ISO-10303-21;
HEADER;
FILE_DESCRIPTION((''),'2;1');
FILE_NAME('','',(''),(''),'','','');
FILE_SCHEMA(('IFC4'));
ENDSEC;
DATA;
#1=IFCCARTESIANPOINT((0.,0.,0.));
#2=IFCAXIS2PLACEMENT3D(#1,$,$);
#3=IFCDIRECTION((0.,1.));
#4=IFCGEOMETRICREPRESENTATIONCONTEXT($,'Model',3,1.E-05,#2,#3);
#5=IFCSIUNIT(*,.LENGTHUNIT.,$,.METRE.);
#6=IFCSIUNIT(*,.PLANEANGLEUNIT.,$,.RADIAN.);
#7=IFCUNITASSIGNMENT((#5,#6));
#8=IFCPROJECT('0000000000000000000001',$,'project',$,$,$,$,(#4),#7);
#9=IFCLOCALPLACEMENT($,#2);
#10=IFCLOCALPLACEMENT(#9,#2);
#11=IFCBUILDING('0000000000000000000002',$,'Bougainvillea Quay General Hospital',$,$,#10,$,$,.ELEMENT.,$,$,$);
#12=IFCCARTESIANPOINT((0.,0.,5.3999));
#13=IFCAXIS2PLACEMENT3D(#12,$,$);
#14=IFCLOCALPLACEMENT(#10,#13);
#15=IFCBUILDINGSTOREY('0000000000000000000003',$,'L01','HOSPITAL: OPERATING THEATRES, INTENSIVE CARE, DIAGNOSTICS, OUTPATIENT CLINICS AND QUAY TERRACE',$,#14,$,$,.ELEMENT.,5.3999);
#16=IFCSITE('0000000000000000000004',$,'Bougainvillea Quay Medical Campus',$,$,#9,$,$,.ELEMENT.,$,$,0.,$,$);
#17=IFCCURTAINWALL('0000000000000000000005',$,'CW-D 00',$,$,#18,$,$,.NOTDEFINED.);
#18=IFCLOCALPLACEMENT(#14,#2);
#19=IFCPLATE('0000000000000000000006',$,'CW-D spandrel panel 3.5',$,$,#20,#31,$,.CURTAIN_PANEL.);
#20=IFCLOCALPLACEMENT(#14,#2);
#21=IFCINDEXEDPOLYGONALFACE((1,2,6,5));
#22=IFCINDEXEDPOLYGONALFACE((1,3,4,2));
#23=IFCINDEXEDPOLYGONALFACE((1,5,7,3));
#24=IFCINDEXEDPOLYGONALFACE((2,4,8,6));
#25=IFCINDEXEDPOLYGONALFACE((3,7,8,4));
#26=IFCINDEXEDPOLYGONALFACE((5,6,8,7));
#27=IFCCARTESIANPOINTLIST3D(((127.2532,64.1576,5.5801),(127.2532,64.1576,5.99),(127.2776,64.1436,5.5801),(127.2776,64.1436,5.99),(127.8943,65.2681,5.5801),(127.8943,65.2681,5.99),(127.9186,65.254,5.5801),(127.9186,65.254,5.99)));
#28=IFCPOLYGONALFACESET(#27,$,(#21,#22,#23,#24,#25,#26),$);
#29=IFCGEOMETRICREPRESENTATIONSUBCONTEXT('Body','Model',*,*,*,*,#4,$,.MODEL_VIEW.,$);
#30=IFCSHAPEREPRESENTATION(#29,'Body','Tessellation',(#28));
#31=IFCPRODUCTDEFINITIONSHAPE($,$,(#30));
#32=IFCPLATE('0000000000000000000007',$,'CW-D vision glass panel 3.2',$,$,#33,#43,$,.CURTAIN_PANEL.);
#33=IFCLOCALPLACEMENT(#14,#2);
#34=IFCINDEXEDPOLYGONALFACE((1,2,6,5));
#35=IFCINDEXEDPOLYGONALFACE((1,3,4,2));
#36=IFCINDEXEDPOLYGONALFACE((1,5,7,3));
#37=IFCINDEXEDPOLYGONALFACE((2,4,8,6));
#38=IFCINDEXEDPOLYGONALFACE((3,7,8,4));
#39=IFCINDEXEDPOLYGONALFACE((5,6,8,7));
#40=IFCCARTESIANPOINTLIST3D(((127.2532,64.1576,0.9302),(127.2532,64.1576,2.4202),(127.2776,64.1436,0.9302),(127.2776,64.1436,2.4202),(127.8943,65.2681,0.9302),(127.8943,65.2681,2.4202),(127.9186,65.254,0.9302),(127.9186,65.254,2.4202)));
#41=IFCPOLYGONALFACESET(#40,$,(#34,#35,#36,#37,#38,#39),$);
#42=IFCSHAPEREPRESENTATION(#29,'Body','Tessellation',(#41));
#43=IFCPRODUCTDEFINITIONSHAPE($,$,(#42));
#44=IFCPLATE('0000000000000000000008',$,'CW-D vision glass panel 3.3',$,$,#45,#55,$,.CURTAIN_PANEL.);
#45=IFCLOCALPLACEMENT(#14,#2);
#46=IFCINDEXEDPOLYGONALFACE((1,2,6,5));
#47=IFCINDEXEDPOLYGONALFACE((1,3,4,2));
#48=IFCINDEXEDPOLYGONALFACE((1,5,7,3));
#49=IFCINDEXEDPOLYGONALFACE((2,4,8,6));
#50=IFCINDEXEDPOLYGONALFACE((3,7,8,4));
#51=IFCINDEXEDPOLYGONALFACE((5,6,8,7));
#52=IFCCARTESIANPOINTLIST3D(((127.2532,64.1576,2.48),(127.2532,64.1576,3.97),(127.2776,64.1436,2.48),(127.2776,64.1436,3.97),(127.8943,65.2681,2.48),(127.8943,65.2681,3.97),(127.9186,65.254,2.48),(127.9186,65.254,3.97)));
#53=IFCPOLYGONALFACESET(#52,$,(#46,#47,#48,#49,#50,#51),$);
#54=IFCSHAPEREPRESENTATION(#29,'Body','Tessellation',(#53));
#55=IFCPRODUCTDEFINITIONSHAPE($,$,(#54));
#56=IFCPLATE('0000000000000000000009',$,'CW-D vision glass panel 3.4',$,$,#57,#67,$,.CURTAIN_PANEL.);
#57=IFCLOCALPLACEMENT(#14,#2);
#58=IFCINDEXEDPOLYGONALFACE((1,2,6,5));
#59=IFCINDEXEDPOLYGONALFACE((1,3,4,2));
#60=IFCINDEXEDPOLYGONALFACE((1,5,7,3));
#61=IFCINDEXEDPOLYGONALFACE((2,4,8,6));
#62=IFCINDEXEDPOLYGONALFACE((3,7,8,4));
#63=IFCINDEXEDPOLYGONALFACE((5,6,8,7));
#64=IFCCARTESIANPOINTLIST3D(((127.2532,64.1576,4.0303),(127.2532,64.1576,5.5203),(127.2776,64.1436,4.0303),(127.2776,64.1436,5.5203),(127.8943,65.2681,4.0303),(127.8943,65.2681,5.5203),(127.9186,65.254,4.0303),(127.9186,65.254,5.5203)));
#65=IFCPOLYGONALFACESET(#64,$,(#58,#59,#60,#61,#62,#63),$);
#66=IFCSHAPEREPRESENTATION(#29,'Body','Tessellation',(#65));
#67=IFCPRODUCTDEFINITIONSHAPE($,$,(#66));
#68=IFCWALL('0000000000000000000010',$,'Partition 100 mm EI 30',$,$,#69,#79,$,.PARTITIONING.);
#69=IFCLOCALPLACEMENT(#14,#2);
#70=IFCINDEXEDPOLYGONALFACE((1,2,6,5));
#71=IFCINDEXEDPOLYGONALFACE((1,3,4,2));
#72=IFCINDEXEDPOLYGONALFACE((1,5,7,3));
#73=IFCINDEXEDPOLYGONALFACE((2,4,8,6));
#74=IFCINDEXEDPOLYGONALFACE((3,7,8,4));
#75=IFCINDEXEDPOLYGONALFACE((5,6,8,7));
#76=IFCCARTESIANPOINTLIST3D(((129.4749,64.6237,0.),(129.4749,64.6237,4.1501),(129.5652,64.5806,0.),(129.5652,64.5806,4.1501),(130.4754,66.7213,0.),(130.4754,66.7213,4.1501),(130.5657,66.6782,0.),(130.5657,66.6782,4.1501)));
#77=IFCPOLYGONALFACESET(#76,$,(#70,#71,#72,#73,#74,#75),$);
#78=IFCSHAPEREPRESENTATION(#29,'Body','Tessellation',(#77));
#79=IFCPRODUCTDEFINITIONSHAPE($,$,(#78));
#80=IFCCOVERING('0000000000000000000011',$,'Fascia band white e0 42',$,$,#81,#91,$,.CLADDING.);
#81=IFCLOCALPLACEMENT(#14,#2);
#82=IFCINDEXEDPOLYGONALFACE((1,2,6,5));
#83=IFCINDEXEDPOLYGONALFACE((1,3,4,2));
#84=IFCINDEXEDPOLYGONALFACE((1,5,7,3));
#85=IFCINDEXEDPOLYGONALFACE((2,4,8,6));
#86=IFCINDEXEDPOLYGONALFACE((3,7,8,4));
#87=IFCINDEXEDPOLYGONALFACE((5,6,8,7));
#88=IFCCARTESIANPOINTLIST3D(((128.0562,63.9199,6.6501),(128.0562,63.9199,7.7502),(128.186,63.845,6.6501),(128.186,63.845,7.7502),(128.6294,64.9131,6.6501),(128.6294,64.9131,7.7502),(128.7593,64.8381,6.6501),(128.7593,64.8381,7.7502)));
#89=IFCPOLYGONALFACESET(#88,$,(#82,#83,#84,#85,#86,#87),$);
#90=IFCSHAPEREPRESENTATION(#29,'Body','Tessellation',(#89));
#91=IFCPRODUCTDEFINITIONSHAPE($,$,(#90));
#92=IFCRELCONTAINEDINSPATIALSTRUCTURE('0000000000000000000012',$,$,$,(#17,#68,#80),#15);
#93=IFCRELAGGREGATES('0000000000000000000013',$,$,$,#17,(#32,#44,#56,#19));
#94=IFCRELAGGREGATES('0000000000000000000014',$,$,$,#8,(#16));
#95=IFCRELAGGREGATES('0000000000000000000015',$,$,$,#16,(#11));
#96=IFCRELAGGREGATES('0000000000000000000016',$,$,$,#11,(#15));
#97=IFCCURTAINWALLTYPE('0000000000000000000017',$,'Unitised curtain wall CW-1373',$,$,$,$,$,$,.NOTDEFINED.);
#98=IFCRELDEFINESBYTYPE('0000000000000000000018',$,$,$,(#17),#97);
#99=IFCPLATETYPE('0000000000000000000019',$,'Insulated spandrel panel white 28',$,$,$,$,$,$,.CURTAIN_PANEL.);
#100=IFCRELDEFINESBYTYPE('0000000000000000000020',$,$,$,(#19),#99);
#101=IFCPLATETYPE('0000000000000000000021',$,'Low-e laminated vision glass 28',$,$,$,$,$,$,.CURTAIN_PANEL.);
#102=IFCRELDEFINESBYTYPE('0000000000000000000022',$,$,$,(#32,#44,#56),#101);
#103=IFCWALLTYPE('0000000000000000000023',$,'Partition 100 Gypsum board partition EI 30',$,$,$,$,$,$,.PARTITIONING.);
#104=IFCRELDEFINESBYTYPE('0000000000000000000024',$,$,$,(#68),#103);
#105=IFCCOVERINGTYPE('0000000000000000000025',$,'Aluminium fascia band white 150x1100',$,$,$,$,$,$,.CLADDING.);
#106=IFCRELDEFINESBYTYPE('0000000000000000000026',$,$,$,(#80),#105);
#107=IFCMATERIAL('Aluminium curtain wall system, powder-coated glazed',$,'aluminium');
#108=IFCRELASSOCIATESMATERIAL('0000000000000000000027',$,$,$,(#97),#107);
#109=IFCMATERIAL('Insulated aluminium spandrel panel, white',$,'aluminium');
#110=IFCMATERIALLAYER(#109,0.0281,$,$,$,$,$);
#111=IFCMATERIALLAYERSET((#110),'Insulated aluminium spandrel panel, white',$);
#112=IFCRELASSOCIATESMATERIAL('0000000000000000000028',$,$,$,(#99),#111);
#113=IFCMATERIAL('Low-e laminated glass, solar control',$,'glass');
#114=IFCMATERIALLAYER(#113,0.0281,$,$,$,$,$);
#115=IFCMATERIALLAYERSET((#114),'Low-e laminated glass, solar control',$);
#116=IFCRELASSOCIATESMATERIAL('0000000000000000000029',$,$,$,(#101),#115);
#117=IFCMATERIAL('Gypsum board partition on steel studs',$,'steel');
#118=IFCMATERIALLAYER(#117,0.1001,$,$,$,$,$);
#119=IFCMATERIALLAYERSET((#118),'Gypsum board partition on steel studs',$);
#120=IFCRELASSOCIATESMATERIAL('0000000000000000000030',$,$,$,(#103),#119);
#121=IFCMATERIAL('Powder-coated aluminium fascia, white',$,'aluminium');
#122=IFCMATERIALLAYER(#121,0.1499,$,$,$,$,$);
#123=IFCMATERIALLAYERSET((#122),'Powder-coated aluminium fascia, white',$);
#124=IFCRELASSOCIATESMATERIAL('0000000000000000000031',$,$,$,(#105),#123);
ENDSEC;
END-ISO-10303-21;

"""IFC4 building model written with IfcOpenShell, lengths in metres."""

from ifc_helpers import new_model, si_unit, direction, frame, frame_2d, origin, origin_2d, place, context, subcontext, project, spatial, polyline, rectangle, outline, extrude, material, layer, layer_set, type_object, element, aggregate, save


model = new_model("IFC4")

# Units and contexts
model_context = context("Model", 3, precision=1e-05, world=origin(), true_north=direction((0.0, 1.0)))
body_context = subcontext(model_context, "Body", "Model", "MODEL_VIEW")
ifc_project = project(units=[si_unit("LENGTHUNIT", "METRE"), si_unit("PLANEANGLEUNIT", "RADIAN")], contexts=[model_context])

# Site, building, storey
site_placement = place(None, origin())
site = spatial("IfcSite", under=ifc_project, at=site_placement, Name="Bougainvillea Quay Medical Campus", CompositionType="ELEMENT", RefElevation=0.0)
building_placement = place(site_placement, origin())
building = spatial("IfcBuilding", under=site, at=building_placement, Name="Bougainvillea Quay General Hospital", CompositionType="ELEMENT")
storey_placement = place(building_placement, frame((0.0, 0.0, 5.3999)))
storey = spatial("IfcBuildingStorey", under=building, at=storey_placement, Name="L01", Description="HOSPITAL: OPERATING THEATRES, INTENSIVE CARE, DIAGNOSTICS, OUTPATIENT CLINICS AND QUAY TERRACE", CompositionType="ELEMENT", Elevation=5.3999)

# Curtain wall
ifc_material_1 = material(Name="Aluminium curtain wall system, powder-coated glazed", Category="aluminium")
curtain_wall_type_1 = type_object("IfcCurtainWallType", Name="Unitised curtain wall CW-1373", PredefinedType="NOTDEFINED", material=ifc_material_1)
curtain_wall_1_placement = place(storey_placement, origin())
curtain_wall_1 = element("IfcCurtainWall", 1, at=curtain_wall_1_placement, inside=storey, type_object=curtain_wall_type_1, Name="CW-D 00", PredefinedType="NOTDEFINED")

# Plates
ifc_material_2 = material(Name="Insulated aluminium spandrel panel, white", Category="aluminium")
ifc_layer_1 = layer(ifc_material_2, 0.0281)
ifc_layer_set_1 = layer_set([ifc_layer_1], Name="Insulated aluminium spandrel panel, white")
plate_type_1 = type_object("IfcPlateType", Name="Insulated spandrel panel white 28", PredefinedType="CURTAIN_PANEL", material=ifc_layer_set_1)
plate_1_placement = place(storey_placement, frame((127.5859, 64.7058, 5.5801), z_axis=(0.0, 0.0, 1.0), x_axis=(0.499962, 0.866048, 0.0)))
plate_1 = element("IfcPlate", 2, at=plate_1_placement, type_object=plate_type_1, Name="CW-D spandrel panel 3.5", PredefinedType="CURTAIN_PANEL", context=body_context, shape_type="SweptSolid", body=[
    extrude(rectangle(XDim=1.2822, YDim=0.0281, at=origin_2d()), origin(), (0.0, 0.0, 1.0), 0.4099),
])
ifc_material_3 = material(Name="Low-e laminated glass, solar control", Category="glass")
ifc_layer_2 = layer(ifc_material_3, 0.0281)
ifc_layer_set_2 = layer_set([ifc_layer_2], Name="Low-e laminated glass, solar control")
plate_type_2 = type_object("IfcPlateType", Name="Low-e laminated vision glass 28", PredefinedType="CURTAIN_PANEL", material=ifc_layer_set_2)
plate_2_placement = place(storey_placement, frame((127.5859, 64.7058, 0.9302), z_axis=(0.0, 0.0, 1.0), x_axis=(0.499962, 0.866048, 0.0)))
plate_2 = element("IfcPlate", 3, at=plate_2_placement, type_object=plate_type_2, Name="CW-D vision glass panel 3.2", PredefinedType="CURTAIN_PANEL", context=body_context, shape_type="SweptSolid", body=[
    extrude(rectangle(XDim=1.2822, YDim=0.0281, at=origin_2d()), origin(), (0.0, 0.0, 1.0), 1.49),
])
plate_3_placement = place(storey_placement, frame((127.5859, 64.7058, 2.48), z_axis=(0.0, 0.0, 1.0), x_axis=(0.499962, 0.866048, 0.0)))
plate_3 = element("IfcPlate", 4, at=plate_3_placement, type_object=plate_type_2, Name="CW-D vision glass panel 3.3", PredefinedType="CURTAIN_PANEL", context=body_context, shape_type="SweptSolid", body=[
    extrude(rectangle(XDim=1.2822, YDim=0.0281, at=origin_2d()), origin(), (0.0, 0.0, 1.0), 1.49),
])
plate_4_placement = place(storey_placement, frame((127.5859, 64.7058, 4.0303), z_axis=(0.0, 0.0, 1.0), x_axis=(0.499962, 0.866048, 0.0)))
plate_4 = element("IfcPlate", 5, at=plate_4_placement, type_object=plate_type_2, Name="CW-D vision glass panel 3.4", PredefinedType="CURTAIN_PANEL", context=body_context, shape_type="SweptSolid", body=[
    extrude(rectangle(XDim=1.2822, YDim=0.0281, at=origin_2d()), origin(), (0.0, 0.0, 1.0), 1.49),
])
aggregate(curtain_wall_1, [plate_2, plate_3, plate_4, plate_1])

# Wall
ifc_material_4 = material(Name="Gypsum board partition on steel studs", Category="steel")
ifc_layer_3 = layer(ifc_material_4, 0.1001)
ifc_layer_set_3 = layer_set([ifc_layer_3], Name="Gypsum board partition on steel studs")
wall_type = type_object("IfcWallType", Name="Partition 100 Gypsum board partition EI 30", PredefinedType="PARTITIONING", material=ifc_layer_set_3)
wall_placement = place(storey_placement, frame((129.52, 64.6021, 0.0), z_axis=(0.0, 0.0, 1.0), x_axis=(0.430496, 0.902592, 0.0)))
element("IfcWall", 6, at=wall_placement, inside=storey, type_object=wall_type, Name="Partition 100 mm EI 30", PredefinedType="PARTITIONING", context=body_context, shape_type="SweptSolid", body=[
    extrude(rectangle(XDim=2.324, YDim=0.1001, at=frame_2d((1.1621, 0.0))), origin(), (0.0, 0.0, 1.0), 4.1501),
])

# Covering
ifc_material_5 = material(Name="Powder-coated aluminium fascia, white", Category="aluminium")
ifc_layer_4 = layer(ifc_material_5, 0.1499)
ifc_layer_set_4 = layer_set([ifc_layer_4], Name="Powder-coated aluminium fascia, white")
covering_type = type_object("IfcCoveringType", Name="Aluminium fascia band white 150x1100", PredefinedType="CLADDING", material=ifc_layer_set_4)
covering_placement = place(storey_placement, frame((128.0562, 63.9199, 6.6501), z_axis=(0.0, 0.0, 1.0), x_axis=(0.499894, 0.866086, 0.0)))
element("IfcCovering", 7, at=covering_placement, inside=storey, type_object=covering_type, Name="Fascia band white e0 42", PredefinedType="CLADDING", context=body_context, shape_type="SweptSolid", body=[
    extrude(outline(polyline([(0.0, 0.0), (1.1467, 0.0), (1.1467, -0.15), (0.0, -0.15), (0.0, 0.0)])), origin(), (0.0, 0.0, 1.0), 1.1001),
])

save(model, "model.ifc")
